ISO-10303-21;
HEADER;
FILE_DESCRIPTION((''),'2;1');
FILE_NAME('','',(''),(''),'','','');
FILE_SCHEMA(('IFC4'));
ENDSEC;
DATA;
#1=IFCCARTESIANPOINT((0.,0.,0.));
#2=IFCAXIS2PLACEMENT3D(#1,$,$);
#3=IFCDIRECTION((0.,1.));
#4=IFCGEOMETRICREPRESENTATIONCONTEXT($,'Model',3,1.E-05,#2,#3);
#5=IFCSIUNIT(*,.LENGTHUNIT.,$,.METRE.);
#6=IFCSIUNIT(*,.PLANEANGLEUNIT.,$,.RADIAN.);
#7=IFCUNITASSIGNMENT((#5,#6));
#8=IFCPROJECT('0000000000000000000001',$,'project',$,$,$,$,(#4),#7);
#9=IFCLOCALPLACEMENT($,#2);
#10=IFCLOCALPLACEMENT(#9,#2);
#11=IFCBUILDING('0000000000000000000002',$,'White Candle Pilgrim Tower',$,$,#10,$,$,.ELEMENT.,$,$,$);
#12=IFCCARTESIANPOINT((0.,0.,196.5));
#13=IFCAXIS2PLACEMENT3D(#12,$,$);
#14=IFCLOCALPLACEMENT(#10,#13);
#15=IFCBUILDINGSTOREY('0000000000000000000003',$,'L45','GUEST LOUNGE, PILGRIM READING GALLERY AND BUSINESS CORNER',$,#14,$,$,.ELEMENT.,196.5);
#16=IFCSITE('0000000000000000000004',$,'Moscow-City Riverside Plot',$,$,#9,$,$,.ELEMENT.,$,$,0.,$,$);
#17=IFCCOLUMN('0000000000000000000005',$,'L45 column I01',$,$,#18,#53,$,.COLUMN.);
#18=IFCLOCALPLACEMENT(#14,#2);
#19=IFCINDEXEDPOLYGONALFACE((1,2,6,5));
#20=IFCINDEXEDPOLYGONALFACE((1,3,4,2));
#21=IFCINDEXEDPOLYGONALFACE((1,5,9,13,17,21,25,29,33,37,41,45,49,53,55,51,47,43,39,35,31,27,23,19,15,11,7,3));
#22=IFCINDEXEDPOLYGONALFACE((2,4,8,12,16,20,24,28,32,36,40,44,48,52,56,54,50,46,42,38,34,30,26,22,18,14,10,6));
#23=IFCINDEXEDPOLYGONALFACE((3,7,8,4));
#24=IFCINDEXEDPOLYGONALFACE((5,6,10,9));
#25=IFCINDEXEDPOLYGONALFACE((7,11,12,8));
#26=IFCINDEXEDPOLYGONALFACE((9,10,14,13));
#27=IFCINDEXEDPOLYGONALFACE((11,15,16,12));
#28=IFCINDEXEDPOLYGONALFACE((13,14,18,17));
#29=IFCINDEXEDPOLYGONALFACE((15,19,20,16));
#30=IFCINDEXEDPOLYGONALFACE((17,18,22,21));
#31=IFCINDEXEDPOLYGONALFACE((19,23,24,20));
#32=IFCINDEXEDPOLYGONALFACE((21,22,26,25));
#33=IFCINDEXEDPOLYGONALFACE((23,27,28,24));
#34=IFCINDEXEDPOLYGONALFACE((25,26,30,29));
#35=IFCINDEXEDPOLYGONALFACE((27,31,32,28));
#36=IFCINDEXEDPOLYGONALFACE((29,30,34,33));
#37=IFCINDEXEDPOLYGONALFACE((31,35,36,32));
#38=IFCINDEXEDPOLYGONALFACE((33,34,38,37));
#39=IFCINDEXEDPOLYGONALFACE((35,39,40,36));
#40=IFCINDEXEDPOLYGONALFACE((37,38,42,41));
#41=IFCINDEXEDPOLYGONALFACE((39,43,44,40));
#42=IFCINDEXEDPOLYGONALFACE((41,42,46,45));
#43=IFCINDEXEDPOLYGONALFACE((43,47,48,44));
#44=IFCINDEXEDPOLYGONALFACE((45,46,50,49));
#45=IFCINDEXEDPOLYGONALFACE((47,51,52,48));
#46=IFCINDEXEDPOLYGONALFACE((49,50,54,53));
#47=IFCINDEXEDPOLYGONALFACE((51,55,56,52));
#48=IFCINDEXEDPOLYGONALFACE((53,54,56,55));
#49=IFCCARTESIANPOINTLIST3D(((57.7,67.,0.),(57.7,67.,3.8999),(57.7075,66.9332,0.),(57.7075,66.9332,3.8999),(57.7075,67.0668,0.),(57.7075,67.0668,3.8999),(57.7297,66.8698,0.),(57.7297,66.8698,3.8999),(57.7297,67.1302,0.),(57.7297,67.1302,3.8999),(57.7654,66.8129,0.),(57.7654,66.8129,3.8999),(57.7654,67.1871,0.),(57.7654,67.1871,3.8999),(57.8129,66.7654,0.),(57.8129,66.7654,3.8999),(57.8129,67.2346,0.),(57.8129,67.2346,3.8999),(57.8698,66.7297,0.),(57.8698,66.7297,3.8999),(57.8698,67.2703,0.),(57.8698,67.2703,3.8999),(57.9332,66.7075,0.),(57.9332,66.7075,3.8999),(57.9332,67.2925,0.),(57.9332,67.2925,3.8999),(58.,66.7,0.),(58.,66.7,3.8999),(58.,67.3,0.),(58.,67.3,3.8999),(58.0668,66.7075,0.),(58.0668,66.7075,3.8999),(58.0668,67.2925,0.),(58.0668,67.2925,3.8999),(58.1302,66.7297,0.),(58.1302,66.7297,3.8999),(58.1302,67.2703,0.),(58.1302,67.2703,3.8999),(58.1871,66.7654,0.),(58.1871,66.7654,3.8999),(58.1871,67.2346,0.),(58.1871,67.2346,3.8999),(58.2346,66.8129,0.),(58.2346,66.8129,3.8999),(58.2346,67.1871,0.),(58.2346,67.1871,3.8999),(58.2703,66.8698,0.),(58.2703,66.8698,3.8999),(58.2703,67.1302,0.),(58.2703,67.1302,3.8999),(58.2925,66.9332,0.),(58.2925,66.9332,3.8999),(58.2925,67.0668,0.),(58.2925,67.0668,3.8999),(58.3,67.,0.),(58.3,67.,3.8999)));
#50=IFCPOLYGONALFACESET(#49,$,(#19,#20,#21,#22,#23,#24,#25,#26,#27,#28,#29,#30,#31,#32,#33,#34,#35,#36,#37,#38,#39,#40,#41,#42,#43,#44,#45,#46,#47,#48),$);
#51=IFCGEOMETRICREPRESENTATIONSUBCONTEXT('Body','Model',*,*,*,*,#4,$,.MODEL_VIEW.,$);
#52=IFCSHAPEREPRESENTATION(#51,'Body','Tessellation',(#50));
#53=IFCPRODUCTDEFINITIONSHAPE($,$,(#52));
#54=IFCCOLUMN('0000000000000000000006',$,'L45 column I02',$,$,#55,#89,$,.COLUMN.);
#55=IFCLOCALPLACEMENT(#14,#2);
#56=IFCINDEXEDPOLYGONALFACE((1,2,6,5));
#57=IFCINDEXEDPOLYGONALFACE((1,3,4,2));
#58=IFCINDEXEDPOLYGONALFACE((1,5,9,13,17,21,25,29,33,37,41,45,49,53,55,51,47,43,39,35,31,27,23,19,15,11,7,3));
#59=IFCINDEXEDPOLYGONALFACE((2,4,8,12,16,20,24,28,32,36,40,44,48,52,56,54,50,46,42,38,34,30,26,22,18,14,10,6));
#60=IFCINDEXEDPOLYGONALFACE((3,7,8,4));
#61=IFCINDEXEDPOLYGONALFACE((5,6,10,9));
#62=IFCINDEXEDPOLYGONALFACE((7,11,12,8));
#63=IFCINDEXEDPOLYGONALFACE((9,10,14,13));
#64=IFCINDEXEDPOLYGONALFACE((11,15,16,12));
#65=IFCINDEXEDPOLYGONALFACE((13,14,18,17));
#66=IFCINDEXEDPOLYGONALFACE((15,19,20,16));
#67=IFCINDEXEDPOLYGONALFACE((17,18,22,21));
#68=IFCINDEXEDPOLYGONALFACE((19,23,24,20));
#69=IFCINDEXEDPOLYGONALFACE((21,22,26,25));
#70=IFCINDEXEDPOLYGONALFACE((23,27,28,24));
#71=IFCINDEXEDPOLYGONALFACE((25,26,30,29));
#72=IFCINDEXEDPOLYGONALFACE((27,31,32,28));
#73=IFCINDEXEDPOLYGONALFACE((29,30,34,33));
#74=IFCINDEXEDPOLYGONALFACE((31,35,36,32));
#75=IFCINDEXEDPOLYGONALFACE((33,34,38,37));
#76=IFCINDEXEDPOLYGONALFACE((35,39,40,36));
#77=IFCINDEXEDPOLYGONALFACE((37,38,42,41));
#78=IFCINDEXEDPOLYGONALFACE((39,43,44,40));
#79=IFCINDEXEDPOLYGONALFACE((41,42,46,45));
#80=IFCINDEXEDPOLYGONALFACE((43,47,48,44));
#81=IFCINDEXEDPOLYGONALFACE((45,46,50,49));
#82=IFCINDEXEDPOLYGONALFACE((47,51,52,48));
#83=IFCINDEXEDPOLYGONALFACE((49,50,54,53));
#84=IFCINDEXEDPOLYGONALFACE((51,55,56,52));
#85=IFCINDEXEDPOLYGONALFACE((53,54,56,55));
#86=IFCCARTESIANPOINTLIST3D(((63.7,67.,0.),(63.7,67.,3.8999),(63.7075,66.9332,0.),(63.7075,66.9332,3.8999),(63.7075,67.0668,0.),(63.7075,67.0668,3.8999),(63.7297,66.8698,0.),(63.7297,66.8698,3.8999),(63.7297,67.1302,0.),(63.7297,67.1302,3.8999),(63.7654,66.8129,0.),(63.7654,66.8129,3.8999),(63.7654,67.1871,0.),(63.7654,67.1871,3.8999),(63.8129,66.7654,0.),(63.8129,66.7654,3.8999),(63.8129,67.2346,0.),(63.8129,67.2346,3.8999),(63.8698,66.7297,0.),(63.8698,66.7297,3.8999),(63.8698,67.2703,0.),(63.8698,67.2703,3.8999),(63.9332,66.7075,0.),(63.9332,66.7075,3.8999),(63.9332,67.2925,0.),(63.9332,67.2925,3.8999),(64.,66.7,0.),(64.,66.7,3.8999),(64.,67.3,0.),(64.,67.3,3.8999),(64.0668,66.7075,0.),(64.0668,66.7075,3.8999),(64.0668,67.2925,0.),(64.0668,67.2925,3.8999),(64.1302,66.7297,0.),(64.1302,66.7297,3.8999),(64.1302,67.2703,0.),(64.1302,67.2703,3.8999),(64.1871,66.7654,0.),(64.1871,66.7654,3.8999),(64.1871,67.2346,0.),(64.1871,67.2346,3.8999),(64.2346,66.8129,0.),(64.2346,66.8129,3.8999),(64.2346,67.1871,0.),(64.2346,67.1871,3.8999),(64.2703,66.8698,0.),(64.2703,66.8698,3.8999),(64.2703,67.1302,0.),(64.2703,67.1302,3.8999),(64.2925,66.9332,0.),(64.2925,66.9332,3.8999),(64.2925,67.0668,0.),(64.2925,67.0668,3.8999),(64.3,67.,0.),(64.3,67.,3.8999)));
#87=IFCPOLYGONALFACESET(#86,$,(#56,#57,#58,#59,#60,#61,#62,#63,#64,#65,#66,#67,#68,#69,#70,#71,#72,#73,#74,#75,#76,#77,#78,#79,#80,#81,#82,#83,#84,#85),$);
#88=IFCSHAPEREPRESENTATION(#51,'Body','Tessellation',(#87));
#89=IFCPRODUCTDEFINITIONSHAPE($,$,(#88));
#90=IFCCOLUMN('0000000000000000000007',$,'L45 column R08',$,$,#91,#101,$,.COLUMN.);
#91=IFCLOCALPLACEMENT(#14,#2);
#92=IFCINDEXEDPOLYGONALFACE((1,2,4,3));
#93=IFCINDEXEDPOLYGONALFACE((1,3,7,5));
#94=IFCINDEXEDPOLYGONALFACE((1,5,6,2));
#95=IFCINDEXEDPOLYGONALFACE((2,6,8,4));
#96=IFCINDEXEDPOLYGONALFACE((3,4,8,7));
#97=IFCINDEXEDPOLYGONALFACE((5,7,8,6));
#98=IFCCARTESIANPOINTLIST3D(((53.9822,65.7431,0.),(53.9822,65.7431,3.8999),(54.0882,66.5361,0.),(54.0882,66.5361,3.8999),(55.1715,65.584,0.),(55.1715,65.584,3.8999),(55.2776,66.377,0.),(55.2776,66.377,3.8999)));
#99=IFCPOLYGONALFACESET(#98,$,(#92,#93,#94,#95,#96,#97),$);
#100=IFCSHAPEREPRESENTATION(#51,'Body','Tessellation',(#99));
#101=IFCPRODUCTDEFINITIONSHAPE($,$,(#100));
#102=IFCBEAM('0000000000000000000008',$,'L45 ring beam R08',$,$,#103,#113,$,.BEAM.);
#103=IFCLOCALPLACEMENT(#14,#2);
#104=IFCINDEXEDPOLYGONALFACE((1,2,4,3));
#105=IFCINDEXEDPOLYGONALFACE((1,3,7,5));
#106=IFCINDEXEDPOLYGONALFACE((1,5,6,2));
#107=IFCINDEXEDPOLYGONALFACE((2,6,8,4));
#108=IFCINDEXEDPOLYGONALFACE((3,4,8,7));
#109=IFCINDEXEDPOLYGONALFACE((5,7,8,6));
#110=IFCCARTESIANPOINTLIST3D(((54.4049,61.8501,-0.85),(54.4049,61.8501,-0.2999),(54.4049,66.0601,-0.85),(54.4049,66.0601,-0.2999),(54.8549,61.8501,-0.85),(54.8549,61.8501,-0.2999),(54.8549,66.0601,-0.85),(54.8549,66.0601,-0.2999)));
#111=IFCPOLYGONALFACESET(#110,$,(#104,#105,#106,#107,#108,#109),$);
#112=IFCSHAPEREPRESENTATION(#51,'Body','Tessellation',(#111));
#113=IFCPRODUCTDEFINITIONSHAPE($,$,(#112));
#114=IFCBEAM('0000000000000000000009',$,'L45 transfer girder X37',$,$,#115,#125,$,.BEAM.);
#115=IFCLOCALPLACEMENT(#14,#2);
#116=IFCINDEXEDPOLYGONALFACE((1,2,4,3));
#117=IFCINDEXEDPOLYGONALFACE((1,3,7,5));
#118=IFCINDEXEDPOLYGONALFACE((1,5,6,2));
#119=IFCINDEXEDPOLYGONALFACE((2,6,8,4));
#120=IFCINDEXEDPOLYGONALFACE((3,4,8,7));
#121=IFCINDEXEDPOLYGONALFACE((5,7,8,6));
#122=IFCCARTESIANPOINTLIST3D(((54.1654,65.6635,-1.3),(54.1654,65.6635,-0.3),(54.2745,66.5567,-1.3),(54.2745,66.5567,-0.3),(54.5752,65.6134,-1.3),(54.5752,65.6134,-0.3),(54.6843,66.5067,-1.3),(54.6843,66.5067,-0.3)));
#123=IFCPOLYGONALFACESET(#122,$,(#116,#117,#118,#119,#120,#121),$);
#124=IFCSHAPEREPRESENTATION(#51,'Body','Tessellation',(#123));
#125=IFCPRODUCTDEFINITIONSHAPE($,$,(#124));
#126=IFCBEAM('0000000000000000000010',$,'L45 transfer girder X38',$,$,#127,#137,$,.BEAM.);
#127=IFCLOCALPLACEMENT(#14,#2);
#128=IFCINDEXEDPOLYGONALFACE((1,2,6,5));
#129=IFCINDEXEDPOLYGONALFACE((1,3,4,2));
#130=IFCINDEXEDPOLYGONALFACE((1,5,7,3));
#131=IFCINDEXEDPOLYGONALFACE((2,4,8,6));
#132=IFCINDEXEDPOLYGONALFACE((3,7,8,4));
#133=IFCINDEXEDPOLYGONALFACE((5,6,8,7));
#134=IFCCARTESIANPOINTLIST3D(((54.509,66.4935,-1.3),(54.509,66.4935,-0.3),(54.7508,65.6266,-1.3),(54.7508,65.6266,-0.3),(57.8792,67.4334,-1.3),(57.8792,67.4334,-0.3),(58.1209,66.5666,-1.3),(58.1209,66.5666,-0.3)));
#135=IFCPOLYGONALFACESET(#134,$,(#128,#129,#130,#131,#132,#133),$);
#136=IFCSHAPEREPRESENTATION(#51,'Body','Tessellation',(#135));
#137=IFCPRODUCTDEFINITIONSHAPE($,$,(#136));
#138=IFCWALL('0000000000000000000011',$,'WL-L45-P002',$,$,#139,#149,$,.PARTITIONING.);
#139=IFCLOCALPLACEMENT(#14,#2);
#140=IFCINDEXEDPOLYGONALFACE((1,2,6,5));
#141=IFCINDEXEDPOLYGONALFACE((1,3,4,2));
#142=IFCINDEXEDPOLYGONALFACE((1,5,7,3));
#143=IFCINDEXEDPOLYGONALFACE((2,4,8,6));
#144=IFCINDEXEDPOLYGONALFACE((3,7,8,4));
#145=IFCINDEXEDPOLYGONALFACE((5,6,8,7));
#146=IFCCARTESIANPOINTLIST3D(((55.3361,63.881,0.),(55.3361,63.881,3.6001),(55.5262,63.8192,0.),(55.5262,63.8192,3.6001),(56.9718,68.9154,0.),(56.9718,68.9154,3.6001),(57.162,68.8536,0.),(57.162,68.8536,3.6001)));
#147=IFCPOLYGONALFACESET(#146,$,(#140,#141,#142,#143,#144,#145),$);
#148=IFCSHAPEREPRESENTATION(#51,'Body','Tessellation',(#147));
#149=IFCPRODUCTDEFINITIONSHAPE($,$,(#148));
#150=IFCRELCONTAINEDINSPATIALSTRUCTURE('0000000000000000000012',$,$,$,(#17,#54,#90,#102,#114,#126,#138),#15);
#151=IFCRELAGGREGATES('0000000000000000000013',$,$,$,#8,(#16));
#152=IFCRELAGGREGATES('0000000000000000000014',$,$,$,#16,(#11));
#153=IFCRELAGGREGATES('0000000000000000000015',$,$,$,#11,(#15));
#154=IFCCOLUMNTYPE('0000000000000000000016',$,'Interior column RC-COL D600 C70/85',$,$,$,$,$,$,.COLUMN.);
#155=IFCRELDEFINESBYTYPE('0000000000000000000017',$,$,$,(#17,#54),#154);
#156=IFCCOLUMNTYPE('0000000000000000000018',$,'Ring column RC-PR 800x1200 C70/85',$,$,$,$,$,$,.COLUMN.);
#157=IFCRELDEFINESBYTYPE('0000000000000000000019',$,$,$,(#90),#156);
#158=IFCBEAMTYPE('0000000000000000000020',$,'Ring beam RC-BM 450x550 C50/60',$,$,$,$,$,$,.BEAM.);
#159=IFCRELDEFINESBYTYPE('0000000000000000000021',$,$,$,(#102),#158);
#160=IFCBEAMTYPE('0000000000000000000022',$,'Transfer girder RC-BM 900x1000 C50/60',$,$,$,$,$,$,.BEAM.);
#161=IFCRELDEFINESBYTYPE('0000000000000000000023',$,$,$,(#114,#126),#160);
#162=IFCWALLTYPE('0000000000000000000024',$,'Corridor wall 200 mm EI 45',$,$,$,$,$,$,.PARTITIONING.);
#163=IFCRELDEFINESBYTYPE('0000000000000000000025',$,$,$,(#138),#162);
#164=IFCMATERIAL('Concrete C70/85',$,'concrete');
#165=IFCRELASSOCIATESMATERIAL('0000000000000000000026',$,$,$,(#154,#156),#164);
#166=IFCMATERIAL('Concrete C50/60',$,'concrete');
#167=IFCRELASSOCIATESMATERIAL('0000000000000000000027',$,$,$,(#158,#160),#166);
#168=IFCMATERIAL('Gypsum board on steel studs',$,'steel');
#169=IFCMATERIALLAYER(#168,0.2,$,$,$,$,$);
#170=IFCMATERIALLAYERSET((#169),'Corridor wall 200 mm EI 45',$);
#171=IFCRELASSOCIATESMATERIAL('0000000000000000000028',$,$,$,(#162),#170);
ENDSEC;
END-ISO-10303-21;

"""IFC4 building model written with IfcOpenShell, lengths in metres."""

from ifc_helpers import new_model, si_unit, direction, frame, frame_2d, origin, origin_2d, place, context, subcontext, project, spatial, rectangle, circle, extrude, material, layer, layer_set, material_profile, profile_set, type_object, element, save


model = new_model("IFC4")

# Units and contexts
model_context = context("Model", 3, precision=1e-05, world=origin(), true_north=direction((0.0, 1.0)))
body_context = subcontext(model_context, "Body", "Model", "MODEL_VIEW")
ifc_project = project(units=[si_unit("LENGTHUNIT", "METRE"), si_unit("PLANEANGLEUNIT", "RADIAN")], contexts=[model_context])

# Site, building, storey
site_placement = place(None, origin())
site = spatial("IfcSite", under=ifc_project, at=site_placement, Name="Moscow-City Riverside Plot", CompositionType="ELEMENT", RefElevation=0.0)
building_placement = place(site_placement, origin())
building = spatial("IfcBuilding", under=site, at=building_placement, Name="White Candle Pilgrim Tower", CompositionType="ELEMENT")
storey_placement = place(building_placement, frame((0.0, 0.0, 196.5)))
storey = spatial("IfcBuildingStorey", under=building, at=storey_placement, Name="L45", Description="GUEST LOUNGE, PILGRIM READING GALLERY AND BUSINESS CORNER", CompositionType="ELEMENT", Elevation=196.5)

# Columns
ifc_material_1 = material(Name="Concrete C70/85", Category="concrete")
ifc_material_profile_1 = material_profile(ifc_material_1, circle(Radius=0.3, at=origin_2d()), Name="RC-COL D600")
ifc_profile_set_1 = profile_set([ifc_material_profile_1], Name="Concrete C70/85")
column_type_1 = type_object("IfcColumnType", Name="Interior column RC-COL D600 C70/85", PredefinedType="COLUMN", material=ifc_profile_set_1)
for number, where, z_axis, x_axis, name in (
    (1, (58.0, 67.0, 0.0), (0.0, 0.0, 1.0), (1.0, 0.0, 0.0), "L45 column I01"),
    (2, (64.0, 67.0, 0.0), (0.0, 0.0, 1.0), (1.0, 0.0, 0.0), "L45 column I02"),
):
    element("IfcColumn", number, at=place(storey_placement, frame(where, z_axis=z_axis, x_axis=x_axis)), inside=storey, type_object=column_type_1, Name=name, PredefinedType="COLUMN", context=body_context, shape_type="SweptSolid", body=[
        extrude(circle(Radius=0.3, at=origin_2d()), origin(), (0.0, 0.0, 1.0), 3.8999),
    ])
ifc_material_profile_2 = material_profile(ifc_material_1, rectangle(XDim=0.8, YDim=1.2, at=origin_2d()), Name="RC-PR 800x1200")
ifc_profile_set_2 = profile_set([ifc_material_profile_2], Name="Concrete C70/85")
column_type_2 = type_object("IfcColumnType", Name="Ring column RC-PR 800x1200 C70/85", PredefinedType="COLUMN", material=ifc_profile_set_2)
column_placement = place(storey_placement, frame((54.6299, 66.0601, 0.0), z_axis=(0.0, 0.0, 1.0), x_axis=(0.132602, 0.991169, 0.0)))
element("IfcColumn", 3, at=column_placement, inside=storey, type_object=column_type_2, Name="L45 column R08", PredefinedType="COLUMN", context=body_context, shape_type="SweptSolid", body=[
    extrude(rectangle(XDim=0.8, YDim=1.2, at=origin_2d()), origin(), (0.0, 0.0, 1.0), 3.8999),
])

# Beams
ifc_material_2 = material(Name="Concrete C50/60", Category="concrete")
ifc_material_profile_3 = material_profile(ifc_material_2, rectangle(XDim=0.45, YDim=0.55, at=origin_2d()), Name="RC-BM 450x550")
ifc_profile_set_3 = profile_set([ifc_material_profile_3], Name="Concrete C50/60")
beam_type_1 = type_object("IfcBeamType", Name="Ring beam RC-BM 450x550 C50/60", PredefinedType="BEAM", material=ifc_profile_set_3)
beam_1_placement = place(storey_placement, frame((54.6299, 66.0601, -0.575), z_axis=(0.0, -1.0, 0.0), x_axis=(1.0, 0.0, 0.0)))
element("IfcBeam", 4, at=beam_1_placement, inside=storey, type_object=beam_type_1, Name="L45 ring beam R08", PredefinedType="BEAM", context=body_context, shape_type="SweptSolid", body=[
    extrude(rectangle(XDim=0.45, YDim=0.55, at=origin_2d()), origin(), (0.0, 0.0, 1.0), 4.21),
])
ifc_material_profile_4 = material_profile(ifc_material_2, rectangle(XDim=0.8999, YDim=1.0, at=origin_2d()), Name="RC-BM 900x1000")
ifc_profile_set_4 = profile_set([ifc_material_profile_4], Name="Concrete C50/60")
beam_type_2 = type_object("IfcBeamType", Name="Transfer girder RC-BM 900x1000 C50/60", PredefinedType="BEAM", material=ifc_profile_set_4)
beam_2_placement = place(storey_placement, frame((54.22, 66.1101, -0.8), z_axis=(0.992629, -0.121196, 0.0), x_axis=(0.121196, 0.992629, 0.0)))
element("IfcBeam", 5, at=beam_2_placement, inside=storey, type_object=beam_type_2, Name="L45 transfer girder X37", PredefinedType="BEAM", context=body_context, shape_type="SweptSolid", body=[
    extrude(rectangle(XDim=0.8999, YDim=1.0, at=origin_2d()), origin(), (0.0, 0.0, 1.0), 0.4128),
])
beam_3_placement = place(storey_placement, frame((54.6299, 66.0601, -0.8), z_axis=(0.963237, 0.268651, 0.0), x_axis=(-0.268651, 0.963237, 0.0)))
element("IfcBeam", 6, at=beam_3_placement, inside=storey, type_object=beam_type_2, Name="L45 transfer girder X38", PredefinedType="BEAM", context=body_context, shape_type="SweptSolid", body=[
    extrude(rectangle(XDim=0.8999, YDim=1.0, at=origin_2d()), origin(), (0.0, 0.0, 1.0), 3.4988),
])

# Wall
ifc_material_3 = material(Name="Gypsum board on steel studs", Category="steel")
ifc_layer_1 = layer(ifc_material_3, 0.2)
ifc_layer_set_1 = layer_set([ifc_layer_1], Name="Corridor wall 200 mm EI 45")
wall_type_1 = type_object("IfcWallType", Name="Corridor wall 200 mm EI 45", PredefinedType="PARTITIONING", material=ifc_layer_set_1)
wall_1_placement = place(storey_placement, frame((55.4312, 63.8501, 0.0), z_axis=(0.0, 0.0, 1.0), x_axis=(0.30901, 0.951059, 0.0)))
element("IfcWall", 7, at=wall_1_placement, inside=storey, type_object=wall_type_1, Name="WL-L45-P002", PredefinedType="PARTITIONING", context=body_context, shape_type="SweptSolid", body=[
    extrude(rectangle(XDim=5.2935, YDim=0.2, at=frame_2d((2.6467, 0.0))), origin(), (0.0, 0.0, 1.0), 3.6001),
])

save(model, "model.ifc")
